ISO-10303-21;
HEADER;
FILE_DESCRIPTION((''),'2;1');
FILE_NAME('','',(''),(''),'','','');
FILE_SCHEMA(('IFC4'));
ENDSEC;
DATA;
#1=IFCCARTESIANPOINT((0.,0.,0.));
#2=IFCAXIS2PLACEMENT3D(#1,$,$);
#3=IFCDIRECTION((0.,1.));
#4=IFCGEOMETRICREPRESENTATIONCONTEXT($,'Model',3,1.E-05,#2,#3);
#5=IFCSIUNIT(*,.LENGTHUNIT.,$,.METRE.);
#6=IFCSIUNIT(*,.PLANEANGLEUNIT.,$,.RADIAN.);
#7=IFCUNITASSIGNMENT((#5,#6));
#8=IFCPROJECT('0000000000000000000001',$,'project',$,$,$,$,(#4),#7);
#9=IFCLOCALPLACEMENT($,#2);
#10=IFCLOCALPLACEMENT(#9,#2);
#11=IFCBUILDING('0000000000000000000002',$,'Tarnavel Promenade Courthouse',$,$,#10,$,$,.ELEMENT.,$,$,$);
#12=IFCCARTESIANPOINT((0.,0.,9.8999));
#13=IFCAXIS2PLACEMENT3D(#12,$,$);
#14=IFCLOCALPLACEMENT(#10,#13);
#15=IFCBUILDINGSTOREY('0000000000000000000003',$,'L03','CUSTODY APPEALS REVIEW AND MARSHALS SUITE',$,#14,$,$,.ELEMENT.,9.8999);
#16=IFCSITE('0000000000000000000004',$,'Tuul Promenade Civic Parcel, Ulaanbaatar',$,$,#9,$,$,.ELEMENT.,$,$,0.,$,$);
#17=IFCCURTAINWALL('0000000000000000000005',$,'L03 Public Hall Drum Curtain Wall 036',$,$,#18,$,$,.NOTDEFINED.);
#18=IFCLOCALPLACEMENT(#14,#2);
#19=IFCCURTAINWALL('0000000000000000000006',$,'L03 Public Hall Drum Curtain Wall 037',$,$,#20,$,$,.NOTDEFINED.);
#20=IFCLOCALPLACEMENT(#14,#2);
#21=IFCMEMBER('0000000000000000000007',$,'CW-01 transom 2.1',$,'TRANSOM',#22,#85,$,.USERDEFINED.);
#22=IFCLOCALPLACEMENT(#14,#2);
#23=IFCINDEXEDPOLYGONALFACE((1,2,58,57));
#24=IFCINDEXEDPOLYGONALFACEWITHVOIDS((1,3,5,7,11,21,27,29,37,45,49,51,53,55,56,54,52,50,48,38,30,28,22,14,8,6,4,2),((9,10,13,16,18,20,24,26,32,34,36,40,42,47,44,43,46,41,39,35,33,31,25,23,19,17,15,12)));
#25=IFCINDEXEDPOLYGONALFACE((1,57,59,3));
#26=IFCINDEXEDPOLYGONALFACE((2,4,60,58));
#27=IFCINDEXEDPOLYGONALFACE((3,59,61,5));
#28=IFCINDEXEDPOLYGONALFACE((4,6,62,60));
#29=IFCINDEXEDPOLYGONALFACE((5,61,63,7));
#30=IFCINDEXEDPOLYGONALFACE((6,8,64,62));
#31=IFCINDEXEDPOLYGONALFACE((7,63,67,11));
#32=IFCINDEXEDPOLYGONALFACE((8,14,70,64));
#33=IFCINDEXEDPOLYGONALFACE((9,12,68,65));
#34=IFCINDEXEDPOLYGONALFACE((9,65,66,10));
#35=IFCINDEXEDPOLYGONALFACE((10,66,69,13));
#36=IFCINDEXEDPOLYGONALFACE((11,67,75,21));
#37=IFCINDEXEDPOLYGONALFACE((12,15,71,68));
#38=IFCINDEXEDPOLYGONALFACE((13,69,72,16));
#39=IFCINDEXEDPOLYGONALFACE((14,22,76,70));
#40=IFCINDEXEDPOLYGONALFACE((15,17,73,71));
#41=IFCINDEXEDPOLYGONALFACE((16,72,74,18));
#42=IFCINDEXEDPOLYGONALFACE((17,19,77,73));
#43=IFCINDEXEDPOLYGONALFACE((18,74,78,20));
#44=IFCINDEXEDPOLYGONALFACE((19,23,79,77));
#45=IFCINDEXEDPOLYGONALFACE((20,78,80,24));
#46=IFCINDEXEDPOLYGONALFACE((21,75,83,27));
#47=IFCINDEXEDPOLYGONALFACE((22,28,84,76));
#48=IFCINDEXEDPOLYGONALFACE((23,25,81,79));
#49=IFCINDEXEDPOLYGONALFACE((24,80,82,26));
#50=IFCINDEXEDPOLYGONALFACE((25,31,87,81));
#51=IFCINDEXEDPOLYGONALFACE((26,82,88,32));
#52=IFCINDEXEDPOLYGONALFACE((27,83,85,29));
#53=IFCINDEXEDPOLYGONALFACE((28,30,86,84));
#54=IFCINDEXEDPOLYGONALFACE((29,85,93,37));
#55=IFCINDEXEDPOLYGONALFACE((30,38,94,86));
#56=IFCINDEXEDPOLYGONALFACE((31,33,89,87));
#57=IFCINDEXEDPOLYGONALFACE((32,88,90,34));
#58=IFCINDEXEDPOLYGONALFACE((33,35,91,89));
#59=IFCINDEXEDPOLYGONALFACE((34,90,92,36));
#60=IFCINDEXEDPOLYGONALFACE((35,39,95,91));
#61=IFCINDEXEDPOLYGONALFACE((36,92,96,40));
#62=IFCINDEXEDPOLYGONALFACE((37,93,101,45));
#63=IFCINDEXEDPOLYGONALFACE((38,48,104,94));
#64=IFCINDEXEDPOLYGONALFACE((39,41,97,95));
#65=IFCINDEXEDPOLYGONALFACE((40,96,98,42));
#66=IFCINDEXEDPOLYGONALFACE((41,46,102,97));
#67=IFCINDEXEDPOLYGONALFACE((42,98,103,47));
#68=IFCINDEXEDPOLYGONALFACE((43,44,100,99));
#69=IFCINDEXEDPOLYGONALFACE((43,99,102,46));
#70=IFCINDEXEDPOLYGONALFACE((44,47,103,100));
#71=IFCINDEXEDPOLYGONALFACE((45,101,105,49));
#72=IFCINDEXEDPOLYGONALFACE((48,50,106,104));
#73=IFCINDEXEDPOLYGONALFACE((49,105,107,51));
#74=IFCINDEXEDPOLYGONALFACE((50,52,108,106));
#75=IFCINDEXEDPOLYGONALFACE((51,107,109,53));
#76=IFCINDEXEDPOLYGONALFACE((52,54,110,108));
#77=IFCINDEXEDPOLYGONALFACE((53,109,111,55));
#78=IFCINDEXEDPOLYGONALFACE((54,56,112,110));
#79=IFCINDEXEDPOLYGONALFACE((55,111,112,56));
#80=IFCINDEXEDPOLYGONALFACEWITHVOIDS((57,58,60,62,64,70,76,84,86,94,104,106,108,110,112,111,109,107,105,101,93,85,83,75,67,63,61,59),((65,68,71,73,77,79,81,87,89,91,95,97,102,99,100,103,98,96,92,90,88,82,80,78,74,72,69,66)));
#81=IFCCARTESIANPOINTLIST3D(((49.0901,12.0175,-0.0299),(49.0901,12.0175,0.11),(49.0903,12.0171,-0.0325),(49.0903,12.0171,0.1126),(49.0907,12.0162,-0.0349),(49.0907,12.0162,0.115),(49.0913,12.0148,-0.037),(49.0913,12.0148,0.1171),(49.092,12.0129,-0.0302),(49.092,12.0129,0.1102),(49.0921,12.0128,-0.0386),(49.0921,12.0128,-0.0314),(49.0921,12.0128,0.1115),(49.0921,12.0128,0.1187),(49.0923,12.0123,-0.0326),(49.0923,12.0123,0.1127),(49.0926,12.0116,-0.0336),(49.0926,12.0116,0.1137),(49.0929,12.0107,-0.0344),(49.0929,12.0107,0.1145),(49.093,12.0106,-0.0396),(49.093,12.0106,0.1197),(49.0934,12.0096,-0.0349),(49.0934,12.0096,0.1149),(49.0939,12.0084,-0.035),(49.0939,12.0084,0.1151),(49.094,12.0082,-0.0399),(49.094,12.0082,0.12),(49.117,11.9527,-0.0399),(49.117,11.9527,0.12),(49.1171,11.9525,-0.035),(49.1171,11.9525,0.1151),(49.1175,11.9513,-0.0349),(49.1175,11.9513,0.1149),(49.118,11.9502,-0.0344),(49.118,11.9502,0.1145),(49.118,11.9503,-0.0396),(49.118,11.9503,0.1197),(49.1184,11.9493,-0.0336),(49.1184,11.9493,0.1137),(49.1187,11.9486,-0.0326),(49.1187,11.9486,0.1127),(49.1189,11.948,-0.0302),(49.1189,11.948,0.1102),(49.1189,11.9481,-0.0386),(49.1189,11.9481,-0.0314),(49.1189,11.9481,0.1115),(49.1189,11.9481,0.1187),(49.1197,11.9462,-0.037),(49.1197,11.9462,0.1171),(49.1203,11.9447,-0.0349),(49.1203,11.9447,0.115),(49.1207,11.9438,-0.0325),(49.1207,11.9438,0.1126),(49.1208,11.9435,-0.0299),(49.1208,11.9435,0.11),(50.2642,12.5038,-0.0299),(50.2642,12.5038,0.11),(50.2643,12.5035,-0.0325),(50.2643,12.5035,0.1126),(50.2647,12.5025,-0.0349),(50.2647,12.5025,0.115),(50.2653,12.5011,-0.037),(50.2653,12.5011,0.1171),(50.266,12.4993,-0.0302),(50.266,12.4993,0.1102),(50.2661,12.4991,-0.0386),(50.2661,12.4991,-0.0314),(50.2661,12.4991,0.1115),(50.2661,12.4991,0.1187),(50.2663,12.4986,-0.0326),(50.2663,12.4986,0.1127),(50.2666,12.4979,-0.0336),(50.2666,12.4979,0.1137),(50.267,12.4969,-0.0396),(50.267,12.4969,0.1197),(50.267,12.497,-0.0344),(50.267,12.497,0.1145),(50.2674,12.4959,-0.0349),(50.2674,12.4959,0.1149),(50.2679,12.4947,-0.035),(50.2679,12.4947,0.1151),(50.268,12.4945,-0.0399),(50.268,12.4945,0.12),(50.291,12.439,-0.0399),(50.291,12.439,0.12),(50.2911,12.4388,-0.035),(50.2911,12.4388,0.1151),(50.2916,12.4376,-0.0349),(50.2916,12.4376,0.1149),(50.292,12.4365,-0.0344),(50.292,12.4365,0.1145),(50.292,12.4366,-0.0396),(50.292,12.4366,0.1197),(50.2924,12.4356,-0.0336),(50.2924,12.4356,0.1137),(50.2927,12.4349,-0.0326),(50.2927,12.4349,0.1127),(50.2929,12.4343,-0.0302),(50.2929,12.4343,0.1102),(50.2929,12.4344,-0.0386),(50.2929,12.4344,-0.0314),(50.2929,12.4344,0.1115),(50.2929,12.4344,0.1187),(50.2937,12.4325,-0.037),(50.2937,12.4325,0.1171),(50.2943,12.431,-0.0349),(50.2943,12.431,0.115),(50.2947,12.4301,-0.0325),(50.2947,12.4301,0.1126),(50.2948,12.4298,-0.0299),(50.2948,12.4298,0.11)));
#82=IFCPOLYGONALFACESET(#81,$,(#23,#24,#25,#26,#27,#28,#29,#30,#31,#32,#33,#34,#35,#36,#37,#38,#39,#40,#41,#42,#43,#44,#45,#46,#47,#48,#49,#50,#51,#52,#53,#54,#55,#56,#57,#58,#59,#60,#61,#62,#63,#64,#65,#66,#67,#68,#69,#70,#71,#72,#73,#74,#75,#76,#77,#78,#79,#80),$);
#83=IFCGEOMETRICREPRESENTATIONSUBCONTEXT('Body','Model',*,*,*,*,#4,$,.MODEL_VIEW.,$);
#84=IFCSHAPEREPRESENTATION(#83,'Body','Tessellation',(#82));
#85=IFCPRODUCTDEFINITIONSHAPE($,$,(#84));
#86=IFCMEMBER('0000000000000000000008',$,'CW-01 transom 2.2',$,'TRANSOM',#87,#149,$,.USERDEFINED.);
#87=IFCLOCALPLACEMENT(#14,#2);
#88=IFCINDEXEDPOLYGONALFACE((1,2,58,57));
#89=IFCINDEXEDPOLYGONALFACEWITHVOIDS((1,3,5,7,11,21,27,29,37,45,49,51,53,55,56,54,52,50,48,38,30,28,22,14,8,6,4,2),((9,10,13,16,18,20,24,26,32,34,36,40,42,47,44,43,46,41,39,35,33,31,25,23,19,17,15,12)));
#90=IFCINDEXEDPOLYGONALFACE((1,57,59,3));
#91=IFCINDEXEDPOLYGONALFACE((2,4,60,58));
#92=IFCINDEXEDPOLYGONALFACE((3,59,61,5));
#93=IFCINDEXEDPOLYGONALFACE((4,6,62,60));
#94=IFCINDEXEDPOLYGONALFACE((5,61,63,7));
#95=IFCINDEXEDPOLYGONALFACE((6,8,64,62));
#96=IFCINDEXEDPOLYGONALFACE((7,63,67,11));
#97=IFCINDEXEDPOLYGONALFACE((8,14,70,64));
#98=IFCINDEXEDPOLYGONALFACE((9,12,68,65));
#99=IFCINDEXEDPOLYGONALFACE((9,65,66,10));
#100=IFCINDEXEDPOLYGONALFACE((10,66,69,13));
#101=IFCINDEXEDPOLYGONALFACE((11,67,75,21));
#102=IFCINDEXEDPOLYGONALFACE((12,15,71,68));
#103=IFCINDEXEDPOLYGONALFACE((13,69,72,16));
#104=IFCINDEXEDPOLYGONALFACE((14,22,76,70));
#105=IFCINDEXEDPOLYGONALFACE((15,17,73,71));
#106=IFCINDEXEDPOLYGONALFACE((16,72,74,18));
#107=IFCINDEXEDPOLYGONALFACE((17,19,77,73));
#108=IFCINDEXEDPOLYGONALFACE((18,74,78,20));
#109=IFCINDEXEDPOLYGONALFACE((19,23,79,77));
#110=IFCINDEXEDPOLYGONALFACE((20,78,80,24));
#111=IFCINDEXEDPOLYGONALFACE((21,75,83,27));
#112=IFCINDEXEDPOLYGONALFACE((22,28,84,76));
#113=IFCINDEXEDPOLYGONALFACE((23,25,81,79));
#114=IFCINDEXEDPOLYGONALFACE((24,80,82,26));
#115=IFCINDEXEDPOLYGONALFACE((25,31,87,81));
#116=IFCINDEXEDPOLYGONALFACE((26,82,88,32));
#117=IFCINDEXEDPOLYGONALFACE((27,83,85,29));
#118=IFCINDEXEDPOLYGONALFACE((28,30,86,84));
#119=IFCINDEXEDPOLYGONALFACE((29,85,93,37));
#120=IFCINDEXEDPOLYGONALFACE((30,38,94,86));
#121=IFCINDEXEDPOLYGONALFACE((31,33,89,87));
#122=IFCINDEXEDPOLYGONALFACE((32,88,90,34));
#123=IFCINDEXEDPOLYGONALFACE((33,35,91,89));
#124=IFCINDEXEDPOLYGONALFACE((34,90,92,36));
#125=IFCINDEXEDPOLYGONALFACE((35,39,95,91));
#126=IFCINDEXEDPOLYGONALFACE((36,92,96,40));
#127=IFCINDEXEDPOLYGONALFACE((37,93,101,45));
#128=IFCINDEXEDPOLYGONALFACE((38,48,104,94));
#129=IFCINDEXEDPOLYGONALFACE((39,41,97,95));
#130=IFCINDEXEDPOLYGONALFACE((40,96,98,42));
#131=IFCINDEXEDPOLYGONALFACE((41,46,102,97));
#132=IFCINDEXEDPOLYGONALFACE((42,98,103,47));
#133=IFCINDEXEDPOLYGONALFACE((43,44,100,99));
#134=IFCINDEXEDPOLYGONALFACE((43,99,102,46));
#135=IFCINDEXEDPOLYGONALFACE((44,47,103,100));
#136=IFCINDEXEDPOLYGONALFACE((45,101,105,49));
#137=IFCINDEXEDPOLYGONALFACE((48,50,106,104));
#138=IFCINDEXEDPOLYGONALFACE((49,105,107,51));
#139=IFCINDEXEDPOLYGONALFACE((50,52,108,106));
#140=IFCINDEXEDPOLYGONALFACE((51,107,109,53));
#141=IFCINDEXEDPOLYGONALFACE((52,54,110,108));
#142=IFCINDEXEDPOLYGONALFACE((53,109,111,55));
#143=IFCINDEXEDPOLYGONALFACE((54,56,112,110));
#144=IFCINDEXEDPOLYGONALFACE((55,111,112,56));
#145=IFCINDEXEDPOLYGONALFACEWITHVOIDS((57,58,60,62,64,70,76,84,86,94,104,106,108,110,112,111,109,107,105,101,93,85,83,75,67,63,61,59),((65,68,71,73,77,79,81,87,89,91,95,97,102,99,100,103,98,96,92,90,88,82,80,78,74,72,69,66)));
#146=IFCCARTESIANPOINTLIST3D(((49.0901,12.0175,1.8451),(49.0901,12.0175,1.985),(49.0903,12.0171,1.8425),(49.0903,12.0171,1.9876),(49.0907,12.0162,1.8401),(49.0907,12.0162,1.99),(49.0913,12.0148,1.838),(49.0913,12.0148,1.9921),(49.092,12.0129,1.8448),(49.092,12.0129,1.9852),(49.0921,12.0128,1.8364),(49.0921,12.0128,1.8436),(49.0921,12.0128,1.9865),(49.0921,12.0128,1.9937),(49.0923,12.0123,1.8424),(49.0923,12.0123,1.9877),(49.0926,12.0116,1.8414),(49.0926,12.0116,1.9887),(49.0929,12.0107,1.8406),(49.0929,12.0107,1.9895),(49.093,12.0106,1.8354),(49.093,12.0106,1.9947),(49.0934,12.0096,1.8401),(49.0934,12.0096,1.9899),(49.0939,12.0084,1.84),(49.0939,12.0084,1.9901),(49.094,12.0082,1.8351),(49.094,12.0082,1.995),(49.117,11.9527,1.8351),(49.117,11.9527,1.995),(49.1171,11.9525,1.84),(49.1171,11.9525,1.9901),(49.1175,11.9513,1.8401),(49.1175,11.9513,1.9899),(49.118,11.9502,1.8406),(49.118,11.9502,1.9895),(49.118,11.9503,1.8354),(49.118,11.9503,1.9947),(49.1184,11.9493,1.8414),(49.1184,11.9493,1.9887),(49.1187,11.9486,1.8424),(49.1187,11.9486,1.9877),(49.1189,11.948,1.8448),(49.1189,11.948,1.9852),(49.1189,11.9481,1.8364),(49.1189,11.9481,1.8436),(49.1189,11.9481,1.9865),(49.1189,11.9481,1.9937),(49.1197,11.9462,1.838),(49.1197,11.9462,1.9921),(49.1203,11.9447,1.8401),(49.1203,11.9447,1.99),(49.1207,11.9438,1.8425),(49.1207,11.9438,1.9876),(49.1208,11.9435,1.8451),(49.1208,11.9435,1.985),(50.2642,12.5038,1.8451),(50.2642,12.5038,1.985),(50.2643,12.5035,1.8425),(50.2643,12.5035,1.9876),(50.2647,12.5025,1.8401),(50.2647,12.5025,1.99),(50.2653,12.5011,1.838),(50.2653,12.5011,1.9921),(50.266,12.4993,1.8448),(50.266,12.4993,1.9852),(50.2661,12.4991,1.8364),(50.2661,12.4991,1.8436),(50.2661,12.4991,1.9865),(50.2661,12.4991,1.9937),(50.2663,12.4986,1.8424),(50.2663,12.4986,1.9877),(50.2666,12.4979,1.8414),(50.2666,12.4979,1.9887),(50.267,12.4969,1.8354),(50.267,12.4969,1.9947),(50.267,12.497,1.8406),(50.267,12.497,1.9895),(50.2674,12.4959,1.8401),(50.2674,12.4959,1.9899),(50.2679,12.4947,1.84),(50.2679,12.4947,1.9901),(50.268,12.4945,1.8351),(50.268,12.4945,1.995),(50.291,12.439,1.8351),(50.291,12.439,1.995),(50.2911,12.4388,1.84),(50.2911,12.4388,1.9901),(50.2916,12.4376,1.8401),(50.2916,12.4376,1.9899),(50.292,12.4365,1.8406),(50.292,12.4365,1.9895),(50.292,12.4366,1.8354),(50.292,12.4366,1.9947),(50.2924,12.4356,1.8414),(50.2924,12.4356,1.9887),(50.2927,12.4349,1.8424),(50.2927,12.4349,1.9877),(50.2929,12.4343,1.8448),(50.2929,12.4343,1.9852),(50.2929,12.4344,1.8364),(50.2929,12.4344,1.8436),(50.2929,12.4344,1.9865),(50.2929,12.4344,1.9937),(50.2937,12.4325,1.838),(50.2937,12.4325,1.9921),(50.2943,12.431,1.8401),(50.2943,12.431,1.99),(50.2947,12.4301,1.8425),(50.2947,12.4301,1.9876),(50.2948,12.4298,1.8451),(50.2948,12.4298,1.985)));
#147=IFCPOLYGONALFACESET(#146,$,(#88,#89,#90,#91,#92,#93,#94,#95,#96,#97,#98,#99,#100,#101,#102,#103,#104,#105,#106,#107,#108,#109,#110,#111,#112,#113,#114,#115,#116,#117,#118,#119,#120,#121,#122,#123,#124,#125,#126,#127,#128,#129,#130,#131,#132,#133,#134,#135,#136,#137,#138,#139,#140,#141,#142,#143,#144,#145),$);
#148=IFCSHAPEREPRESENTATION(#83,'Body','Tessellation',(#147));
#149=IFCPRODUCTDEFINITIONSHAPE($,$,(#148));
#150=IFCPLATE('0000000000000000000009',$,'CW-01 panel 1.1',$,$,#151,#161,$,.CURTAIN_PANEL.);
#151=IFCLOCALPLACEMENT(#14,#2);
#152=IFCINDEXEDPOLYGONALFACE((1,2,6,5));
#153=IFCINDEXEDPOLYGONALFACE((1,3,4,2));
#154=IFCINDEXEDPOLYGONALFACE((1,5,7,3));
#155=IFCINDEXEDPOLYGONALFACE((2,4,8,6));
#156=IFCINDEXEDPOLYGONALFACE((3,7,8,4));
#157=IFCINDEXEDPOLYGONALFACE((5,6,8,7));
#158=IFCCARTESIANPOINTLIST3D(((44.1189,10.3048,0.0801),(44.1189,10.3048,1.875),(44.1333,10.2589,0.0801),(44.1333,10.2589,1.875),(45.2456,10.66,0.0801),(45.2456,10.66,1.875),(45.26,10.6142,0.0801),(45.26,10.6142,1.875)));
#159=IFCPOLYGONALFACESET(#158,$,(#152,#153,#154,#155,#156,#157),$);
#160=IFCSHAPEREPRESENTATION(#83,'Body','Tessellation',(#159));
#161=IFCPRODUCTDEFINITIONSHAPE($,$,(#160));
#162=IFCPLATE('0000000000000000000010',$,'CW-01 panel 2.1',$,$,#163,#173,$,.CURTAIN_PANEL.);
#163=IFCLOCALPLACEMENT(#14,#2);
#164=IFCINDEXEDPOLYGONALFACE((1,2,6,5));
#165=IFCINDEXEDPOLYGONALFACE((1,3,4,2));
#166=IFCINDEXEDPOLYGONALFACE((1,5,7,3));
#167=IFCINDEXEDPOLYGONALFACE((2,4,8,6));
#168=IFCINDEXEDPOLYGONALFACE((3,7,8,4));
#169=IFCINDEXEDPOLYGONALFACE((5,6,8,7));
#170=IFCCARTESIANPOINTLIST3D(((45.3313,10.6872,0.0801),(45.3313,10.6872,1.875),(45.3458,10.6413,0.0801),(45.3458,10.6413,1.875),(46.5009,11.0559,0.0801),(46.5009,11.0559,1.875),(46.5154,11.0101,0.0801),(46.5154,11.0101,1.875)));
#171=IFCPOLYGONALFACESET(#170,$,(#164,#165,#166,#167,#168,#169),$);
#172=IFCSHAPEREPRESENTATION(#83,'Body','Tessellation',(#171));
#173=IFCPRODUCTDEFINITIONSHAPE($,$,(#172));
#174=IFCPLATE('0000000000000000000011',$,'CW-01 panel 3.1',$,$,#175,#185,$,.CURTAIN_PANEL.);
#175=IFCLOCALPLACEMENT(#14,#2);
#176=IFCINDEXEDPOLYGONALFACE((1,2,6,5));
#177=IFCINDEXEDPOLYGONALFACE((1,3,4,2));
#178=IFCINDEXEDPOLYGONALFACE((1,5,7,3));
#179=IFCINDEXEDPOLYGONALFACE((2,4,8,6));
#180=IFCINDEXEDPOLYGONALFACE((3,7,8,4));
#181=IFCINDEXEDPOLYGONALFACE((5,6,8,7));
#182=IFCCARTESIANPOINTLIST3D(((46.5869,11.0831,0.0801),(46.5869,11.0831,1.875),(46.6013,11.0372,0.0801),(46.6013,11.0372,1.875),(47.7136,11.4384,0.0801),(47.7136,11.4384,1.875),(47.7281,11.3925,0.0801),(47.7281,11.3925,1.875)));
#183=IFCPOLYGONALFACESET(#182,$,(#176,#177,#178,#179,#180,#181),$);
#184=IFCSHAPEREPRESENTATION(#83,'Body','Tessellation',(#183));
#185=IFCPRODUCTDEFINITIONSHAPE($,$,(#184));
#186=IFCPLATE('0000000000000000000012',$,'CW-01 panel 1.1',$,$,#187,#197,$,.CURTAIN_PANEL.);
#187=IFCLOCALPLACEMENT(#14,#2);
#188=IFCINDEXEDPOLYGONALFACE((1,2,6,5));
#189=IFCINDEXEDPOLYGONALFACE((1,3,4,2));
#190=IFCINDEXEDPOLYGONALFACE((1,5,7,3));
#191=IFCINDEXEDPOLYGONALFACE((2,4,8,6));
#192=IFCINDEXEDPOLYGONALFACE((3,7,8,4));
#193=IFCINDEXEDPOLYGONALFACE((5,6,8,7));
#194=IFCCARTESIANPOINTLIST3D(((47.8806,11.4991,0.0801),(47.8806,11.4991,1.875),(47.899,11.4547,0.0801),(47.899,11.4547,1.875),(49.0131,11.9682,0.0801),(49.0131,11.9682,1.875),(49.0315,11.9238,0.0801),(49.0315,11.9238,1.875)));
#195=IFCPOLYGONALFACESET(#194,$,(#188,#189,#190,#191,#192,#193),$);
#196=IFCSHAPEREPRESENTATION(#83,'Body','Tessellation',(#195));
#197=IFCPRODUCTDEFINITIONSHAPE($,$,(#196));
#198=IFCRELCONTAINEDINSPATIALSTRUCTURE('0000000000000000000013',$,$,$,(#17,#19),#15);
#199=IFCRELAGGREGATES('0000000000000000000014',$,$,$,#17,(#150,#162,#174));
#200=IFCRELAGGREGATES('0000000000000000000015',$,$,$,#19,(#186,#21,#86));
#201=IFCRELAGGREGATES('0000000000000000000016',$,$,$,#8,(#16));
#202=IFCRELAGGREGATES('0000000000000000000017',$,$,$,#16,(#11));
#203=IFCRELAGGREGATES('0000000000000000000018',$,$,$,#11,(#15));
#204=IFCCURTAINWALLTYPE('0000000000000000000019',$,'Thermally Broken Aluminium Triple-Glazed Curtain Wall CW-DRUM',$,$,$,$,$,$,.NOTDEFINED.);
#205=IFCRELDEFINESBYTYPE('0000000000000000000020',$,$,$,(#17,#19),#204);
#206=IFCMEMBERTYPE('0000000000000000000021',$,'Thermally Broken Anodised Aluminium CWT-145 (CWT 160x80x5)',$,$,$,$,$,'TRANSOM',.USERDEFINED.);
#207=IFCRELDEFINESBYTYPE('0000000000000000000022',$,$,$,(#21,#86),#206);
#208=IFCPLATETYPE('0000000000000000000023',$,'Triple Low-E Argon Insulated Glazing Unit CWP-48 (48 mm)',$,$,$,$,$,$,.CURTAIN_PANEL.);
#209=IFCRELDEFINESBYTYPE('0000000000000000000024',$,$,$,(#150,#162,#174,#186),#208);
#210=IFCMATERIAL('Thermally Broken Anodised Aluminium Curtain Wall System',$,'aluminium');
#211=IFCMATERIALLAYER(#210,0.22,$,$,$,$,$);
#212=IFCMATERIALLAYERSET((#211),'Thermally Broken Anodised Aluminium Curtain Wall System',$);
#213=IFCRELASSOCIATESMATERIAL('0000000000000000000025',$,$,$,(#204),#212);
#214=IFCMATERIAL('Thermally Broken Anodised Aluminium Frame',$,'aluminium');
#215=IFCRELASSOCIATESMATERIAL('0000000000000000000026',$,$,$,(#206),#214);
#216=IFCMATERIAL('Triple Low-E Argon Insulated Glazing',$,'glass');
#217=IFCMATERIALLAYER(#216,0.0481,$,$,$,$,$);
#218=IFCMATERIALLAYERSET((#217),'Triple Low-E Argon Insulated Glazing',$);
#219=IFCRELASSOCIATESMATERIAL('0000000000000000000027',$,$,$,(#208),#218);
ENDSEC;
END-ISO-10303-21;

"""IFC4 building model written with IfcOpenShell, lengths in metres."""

from ifc_helpers import new_model, si_unit, direction, frame, origin, origin_2d, place, context, subcontext, project, spatial, rectangle, hollow_rectangle, extrude, material, layer, layer_set, material_profile, profile_set, type_object, element, aggregate, save


model = new_model("IFC4")

# Units and contexts
model_context = context("Model", 3, precision=1e-05, world=origin(), true_north=direction((0.0, 1.0)))
body_context = subcontext(model_context, "Body", "Model", "MODEL_VIEW")
ifc_project = project(units=[si_unit("LENGTHUNIT", "METRE"), si_unit("PLANEANGLEUNIT", "RADIAN")], contexts=[model_context])

# Site, building, storey
site_placement = place(None, origin())
site = spatial("IfcSite", under=ifc_project, at=site_placement, Name="Tuul Promenade Civic Parcel, Ulaanbaatar", CompositionType="ELEMENT", RefElevation=0.0)
building_placement = place(site_placement, origin())
building = spatial("IfcBuilding", under=site, at=building_placement, Name="Tarnavel Promenade Courthouse", CompositionType="ELEMENT")
storey_placement = place(building_placement, frame((0.0, 0.0, 9.8999)))
storey = spatial("IfcBuildingStorey", under=building, at=storey_placement, Name="L03", Description="CUSTODY APPEALS REVIEW AND MARSHALS SUITE", CompositionType="ELEMENT", Elevation=9.8999)

# Curtain walls
ifc_material_1 = material(Name="Thermally Broken Anodised Aluminium Curtain Wall System", Category="aluminium")
ifc_layer_1 = layer(ifc_material_1, 0.22)
ifc_layer_set_1 = layer_set([ifc_layer_1], Name="Thermally Broken Anodised Aluminium Curtain Wall System")
curtain_wall_type = type_object("IfcCurtainWallType", Name="Thermally Broken Aluminium Triple-Glazed Curtain Wall CW-DRUM", PredefinedType="NOTDEFINED", material=ifc_layer_set_1)
curtain_wall_1_placement = place(storey_placement, origin())
curtain_wall_1 = element("IfcCurtainWall", 1, at=curtain_wall_1_placement, inside=storey, type_object=curtain_wall_type, Name="L03 Public Hall Drum Curtain Wall 036", PredefinedType="NOTDEFINED")
ifc_material_2 = material(Name="Thermally Broken Anodised Aluminium Frame", Category="aluminium")
curtain_wall_2_placement = place(storey_placement, origin())
curtain_wall_2 = element("IfcCurtainWall", 2, at=curtain_wall_2_placement, inside=storey, type_object=curtain_wall_type, Name="L03 Public Hall Drum Curtain Wall 037", PredefinedType="NOTDEFINED")

# Members
ifc_material_profile_1 = material_profile(ifc_material_2, hollow_rectangle(XDim=0.0801, YDim=0.1599, WallThickness=0.0049, InnerFilletRadius=0.0049, OuterFilletRadius=0.01, at=origin_2d()), Name="CWT 160x80x5")
ifc_profile_set_1 = profile_set([ifc_material_profile_1], Name="Thermally Broken Anodised Aluminium Frame")
member_type_1 = type_object("IfcMemberType", Name="Thermally Broken Anodised Aluminium CWT-145 (CWT 160x80x5)", ElementType="TRANSOM", PredefinedType="USERDEFINED", material=ifc_profile_set_1)
member_1_placement = place(storey_placement, frame((49.1055, 11.9805, 0.04), z_axis=(0.923876, 0.382691, 0.0), x_axis=(-0.382691, 0.923876, 0.0)))
member_1 = element("IfcMember", 3, at=member_1_placement, type_object=member_type_1, Name="CW-01 transom 2.1", ObjectType="TRANSOM", PredefinedType="USERDEFINED", context=body_context, shape_type="SweptSolid", body=[
    extrude(hollow_rectangle(XDim=0.0801, YDim=0.1599, WallThickness=0.0049, InnerFilletRadius=0.0049, OuterFilletRadius=0.01, at=origin_2d()), origin(), (0.0, 0.0, 1.0), 1.2708),
])
member_2_placement = place(storey_placement, frame((49.1055, 11.9805, 1.915), z_axis=(0.923876, 0.382691, 0.0), x_axis=(-0.382691, 0.923876, 0.0)))
member_2 = element("IfcMember", 4, at=member_2_placement, type_object=member_type_1, Name="CW-01 transom 2.2", ObjectType="TRANSOM", PredefinedType="USERDEFINED", context=body_context, shape_type="SweptSolid", body=[
    extrude(hollow_rectangle(XDim=0.0801, YDim=0.1599, WallThickness=0.0049, InnerFilletRadius=0.0049, OuterFilletRadius=0.01, at=origin_2d()), origin(), (0.0, 0.0, 1.0), 1.2708),
])

# Plates
ifc_material_3 = material(Name="Triple Low-E Argon Insulated Glazing", Category="glass")
ifc_layer_2 = layer(ifc_material_3, 0.0481)
ifc_layer_set_2 = layer_set([ifc_layer_2], Name="Triple Low-E Argon Insulated Glazing")
plate_type = type_object("IfcPlateType", Name="Triple Low-E Argon Insulated Glazing Unit CWP-48 (48 mm)", PredefinedType="CURTAIN_PANEL", material=ifc_layer_set_2)
plate_1_placement = place(storey_placement, frame((44.6895, 10.4595, 0.0801), z_axis=(0.0, 0.0, 1.0), x_axis=(0.953717, 0.300705, 0.0)))
plate_1 = element("IfcPlate", 5, at=plate_1_placement, type_object=plate_type, Name="CW-01 panel 1.1", PredefinedType="CURTAIN_PANEL", context=body_context, shape_type="SweptSolid", body=[
    extrude(rectangle(XDim=1.1814, YDim=0.0481, at=origin_2d()), origin(), (0.0, 0.0, 1.0), 1.7949),
])
plate_2_placement = place(storey_placement, frame((45.9233, 10.8486, 0.0801), z_axis=(0.0, 0.0, 1.0), x_axis=(0.953717, 0.300705, 0.0)))
plate_2 = element("IfcPlate", 6, at=plate_2_placement, type_object=plate_type, Name="CW-01 panel 2.1", PredefinedType="CURTAIN_PANEL", context=body_context, shape_type="SweptSolid", body=[
    extrude(rectangle(XDim=1.2263, YDim=0.0481, at=origin_2d()), origin(), (0.0, 0.0, 1.0), 1.7949),
])
plate_3_placement = place(storey_placement, frame((47.1575, 11.2378, 0.0801), z_axis=(0.0, 0.0, 1.0), x_axis=(0.953717, 0.300705, 0.0)))
plate_3 = element("IfcPlate", 7, at=plate_3_placement, type_object=plate_type, Name="CW-01 panel 3.1", PredefinedType="CURTAIN_PANEL", context=body_context, shape_type="SweptSolid", body=[
    extrude(rectangle(XDim=1.1814, YDim=0.0481, at=origin_2d()), origin(), (0.0, 0.0, 1.0), 1.7949),
])
aggregate(curtain_wall_1, [plate_1, plate_2, plate_3])
plate_4_placement = place(storey_placement, frame((48.4561, 11.7114, 0.0801), z_axis=(0.0, 0.0, 1.0), x_axis=(0.923879, 0.382685, 0.0)))
plate_4 = element("IfcPlate", 8, at=plate_4_placement, type_object=plate_type, Name="CW-01 panel 1.1", PredefinedType="CURTAIN_PANEL", context=body_context, shape_type="SweptSolid", body=[
    extrude(rectangle(XDim=1.2258, YDim=0.0481, at=origin_2d()), origin(), (0.0, 0.0, 1.0), 1.7949),
])
aggregate(curtain_wall_2, [plate_4, member_1, member_2])

save(model, "model.ifc")
